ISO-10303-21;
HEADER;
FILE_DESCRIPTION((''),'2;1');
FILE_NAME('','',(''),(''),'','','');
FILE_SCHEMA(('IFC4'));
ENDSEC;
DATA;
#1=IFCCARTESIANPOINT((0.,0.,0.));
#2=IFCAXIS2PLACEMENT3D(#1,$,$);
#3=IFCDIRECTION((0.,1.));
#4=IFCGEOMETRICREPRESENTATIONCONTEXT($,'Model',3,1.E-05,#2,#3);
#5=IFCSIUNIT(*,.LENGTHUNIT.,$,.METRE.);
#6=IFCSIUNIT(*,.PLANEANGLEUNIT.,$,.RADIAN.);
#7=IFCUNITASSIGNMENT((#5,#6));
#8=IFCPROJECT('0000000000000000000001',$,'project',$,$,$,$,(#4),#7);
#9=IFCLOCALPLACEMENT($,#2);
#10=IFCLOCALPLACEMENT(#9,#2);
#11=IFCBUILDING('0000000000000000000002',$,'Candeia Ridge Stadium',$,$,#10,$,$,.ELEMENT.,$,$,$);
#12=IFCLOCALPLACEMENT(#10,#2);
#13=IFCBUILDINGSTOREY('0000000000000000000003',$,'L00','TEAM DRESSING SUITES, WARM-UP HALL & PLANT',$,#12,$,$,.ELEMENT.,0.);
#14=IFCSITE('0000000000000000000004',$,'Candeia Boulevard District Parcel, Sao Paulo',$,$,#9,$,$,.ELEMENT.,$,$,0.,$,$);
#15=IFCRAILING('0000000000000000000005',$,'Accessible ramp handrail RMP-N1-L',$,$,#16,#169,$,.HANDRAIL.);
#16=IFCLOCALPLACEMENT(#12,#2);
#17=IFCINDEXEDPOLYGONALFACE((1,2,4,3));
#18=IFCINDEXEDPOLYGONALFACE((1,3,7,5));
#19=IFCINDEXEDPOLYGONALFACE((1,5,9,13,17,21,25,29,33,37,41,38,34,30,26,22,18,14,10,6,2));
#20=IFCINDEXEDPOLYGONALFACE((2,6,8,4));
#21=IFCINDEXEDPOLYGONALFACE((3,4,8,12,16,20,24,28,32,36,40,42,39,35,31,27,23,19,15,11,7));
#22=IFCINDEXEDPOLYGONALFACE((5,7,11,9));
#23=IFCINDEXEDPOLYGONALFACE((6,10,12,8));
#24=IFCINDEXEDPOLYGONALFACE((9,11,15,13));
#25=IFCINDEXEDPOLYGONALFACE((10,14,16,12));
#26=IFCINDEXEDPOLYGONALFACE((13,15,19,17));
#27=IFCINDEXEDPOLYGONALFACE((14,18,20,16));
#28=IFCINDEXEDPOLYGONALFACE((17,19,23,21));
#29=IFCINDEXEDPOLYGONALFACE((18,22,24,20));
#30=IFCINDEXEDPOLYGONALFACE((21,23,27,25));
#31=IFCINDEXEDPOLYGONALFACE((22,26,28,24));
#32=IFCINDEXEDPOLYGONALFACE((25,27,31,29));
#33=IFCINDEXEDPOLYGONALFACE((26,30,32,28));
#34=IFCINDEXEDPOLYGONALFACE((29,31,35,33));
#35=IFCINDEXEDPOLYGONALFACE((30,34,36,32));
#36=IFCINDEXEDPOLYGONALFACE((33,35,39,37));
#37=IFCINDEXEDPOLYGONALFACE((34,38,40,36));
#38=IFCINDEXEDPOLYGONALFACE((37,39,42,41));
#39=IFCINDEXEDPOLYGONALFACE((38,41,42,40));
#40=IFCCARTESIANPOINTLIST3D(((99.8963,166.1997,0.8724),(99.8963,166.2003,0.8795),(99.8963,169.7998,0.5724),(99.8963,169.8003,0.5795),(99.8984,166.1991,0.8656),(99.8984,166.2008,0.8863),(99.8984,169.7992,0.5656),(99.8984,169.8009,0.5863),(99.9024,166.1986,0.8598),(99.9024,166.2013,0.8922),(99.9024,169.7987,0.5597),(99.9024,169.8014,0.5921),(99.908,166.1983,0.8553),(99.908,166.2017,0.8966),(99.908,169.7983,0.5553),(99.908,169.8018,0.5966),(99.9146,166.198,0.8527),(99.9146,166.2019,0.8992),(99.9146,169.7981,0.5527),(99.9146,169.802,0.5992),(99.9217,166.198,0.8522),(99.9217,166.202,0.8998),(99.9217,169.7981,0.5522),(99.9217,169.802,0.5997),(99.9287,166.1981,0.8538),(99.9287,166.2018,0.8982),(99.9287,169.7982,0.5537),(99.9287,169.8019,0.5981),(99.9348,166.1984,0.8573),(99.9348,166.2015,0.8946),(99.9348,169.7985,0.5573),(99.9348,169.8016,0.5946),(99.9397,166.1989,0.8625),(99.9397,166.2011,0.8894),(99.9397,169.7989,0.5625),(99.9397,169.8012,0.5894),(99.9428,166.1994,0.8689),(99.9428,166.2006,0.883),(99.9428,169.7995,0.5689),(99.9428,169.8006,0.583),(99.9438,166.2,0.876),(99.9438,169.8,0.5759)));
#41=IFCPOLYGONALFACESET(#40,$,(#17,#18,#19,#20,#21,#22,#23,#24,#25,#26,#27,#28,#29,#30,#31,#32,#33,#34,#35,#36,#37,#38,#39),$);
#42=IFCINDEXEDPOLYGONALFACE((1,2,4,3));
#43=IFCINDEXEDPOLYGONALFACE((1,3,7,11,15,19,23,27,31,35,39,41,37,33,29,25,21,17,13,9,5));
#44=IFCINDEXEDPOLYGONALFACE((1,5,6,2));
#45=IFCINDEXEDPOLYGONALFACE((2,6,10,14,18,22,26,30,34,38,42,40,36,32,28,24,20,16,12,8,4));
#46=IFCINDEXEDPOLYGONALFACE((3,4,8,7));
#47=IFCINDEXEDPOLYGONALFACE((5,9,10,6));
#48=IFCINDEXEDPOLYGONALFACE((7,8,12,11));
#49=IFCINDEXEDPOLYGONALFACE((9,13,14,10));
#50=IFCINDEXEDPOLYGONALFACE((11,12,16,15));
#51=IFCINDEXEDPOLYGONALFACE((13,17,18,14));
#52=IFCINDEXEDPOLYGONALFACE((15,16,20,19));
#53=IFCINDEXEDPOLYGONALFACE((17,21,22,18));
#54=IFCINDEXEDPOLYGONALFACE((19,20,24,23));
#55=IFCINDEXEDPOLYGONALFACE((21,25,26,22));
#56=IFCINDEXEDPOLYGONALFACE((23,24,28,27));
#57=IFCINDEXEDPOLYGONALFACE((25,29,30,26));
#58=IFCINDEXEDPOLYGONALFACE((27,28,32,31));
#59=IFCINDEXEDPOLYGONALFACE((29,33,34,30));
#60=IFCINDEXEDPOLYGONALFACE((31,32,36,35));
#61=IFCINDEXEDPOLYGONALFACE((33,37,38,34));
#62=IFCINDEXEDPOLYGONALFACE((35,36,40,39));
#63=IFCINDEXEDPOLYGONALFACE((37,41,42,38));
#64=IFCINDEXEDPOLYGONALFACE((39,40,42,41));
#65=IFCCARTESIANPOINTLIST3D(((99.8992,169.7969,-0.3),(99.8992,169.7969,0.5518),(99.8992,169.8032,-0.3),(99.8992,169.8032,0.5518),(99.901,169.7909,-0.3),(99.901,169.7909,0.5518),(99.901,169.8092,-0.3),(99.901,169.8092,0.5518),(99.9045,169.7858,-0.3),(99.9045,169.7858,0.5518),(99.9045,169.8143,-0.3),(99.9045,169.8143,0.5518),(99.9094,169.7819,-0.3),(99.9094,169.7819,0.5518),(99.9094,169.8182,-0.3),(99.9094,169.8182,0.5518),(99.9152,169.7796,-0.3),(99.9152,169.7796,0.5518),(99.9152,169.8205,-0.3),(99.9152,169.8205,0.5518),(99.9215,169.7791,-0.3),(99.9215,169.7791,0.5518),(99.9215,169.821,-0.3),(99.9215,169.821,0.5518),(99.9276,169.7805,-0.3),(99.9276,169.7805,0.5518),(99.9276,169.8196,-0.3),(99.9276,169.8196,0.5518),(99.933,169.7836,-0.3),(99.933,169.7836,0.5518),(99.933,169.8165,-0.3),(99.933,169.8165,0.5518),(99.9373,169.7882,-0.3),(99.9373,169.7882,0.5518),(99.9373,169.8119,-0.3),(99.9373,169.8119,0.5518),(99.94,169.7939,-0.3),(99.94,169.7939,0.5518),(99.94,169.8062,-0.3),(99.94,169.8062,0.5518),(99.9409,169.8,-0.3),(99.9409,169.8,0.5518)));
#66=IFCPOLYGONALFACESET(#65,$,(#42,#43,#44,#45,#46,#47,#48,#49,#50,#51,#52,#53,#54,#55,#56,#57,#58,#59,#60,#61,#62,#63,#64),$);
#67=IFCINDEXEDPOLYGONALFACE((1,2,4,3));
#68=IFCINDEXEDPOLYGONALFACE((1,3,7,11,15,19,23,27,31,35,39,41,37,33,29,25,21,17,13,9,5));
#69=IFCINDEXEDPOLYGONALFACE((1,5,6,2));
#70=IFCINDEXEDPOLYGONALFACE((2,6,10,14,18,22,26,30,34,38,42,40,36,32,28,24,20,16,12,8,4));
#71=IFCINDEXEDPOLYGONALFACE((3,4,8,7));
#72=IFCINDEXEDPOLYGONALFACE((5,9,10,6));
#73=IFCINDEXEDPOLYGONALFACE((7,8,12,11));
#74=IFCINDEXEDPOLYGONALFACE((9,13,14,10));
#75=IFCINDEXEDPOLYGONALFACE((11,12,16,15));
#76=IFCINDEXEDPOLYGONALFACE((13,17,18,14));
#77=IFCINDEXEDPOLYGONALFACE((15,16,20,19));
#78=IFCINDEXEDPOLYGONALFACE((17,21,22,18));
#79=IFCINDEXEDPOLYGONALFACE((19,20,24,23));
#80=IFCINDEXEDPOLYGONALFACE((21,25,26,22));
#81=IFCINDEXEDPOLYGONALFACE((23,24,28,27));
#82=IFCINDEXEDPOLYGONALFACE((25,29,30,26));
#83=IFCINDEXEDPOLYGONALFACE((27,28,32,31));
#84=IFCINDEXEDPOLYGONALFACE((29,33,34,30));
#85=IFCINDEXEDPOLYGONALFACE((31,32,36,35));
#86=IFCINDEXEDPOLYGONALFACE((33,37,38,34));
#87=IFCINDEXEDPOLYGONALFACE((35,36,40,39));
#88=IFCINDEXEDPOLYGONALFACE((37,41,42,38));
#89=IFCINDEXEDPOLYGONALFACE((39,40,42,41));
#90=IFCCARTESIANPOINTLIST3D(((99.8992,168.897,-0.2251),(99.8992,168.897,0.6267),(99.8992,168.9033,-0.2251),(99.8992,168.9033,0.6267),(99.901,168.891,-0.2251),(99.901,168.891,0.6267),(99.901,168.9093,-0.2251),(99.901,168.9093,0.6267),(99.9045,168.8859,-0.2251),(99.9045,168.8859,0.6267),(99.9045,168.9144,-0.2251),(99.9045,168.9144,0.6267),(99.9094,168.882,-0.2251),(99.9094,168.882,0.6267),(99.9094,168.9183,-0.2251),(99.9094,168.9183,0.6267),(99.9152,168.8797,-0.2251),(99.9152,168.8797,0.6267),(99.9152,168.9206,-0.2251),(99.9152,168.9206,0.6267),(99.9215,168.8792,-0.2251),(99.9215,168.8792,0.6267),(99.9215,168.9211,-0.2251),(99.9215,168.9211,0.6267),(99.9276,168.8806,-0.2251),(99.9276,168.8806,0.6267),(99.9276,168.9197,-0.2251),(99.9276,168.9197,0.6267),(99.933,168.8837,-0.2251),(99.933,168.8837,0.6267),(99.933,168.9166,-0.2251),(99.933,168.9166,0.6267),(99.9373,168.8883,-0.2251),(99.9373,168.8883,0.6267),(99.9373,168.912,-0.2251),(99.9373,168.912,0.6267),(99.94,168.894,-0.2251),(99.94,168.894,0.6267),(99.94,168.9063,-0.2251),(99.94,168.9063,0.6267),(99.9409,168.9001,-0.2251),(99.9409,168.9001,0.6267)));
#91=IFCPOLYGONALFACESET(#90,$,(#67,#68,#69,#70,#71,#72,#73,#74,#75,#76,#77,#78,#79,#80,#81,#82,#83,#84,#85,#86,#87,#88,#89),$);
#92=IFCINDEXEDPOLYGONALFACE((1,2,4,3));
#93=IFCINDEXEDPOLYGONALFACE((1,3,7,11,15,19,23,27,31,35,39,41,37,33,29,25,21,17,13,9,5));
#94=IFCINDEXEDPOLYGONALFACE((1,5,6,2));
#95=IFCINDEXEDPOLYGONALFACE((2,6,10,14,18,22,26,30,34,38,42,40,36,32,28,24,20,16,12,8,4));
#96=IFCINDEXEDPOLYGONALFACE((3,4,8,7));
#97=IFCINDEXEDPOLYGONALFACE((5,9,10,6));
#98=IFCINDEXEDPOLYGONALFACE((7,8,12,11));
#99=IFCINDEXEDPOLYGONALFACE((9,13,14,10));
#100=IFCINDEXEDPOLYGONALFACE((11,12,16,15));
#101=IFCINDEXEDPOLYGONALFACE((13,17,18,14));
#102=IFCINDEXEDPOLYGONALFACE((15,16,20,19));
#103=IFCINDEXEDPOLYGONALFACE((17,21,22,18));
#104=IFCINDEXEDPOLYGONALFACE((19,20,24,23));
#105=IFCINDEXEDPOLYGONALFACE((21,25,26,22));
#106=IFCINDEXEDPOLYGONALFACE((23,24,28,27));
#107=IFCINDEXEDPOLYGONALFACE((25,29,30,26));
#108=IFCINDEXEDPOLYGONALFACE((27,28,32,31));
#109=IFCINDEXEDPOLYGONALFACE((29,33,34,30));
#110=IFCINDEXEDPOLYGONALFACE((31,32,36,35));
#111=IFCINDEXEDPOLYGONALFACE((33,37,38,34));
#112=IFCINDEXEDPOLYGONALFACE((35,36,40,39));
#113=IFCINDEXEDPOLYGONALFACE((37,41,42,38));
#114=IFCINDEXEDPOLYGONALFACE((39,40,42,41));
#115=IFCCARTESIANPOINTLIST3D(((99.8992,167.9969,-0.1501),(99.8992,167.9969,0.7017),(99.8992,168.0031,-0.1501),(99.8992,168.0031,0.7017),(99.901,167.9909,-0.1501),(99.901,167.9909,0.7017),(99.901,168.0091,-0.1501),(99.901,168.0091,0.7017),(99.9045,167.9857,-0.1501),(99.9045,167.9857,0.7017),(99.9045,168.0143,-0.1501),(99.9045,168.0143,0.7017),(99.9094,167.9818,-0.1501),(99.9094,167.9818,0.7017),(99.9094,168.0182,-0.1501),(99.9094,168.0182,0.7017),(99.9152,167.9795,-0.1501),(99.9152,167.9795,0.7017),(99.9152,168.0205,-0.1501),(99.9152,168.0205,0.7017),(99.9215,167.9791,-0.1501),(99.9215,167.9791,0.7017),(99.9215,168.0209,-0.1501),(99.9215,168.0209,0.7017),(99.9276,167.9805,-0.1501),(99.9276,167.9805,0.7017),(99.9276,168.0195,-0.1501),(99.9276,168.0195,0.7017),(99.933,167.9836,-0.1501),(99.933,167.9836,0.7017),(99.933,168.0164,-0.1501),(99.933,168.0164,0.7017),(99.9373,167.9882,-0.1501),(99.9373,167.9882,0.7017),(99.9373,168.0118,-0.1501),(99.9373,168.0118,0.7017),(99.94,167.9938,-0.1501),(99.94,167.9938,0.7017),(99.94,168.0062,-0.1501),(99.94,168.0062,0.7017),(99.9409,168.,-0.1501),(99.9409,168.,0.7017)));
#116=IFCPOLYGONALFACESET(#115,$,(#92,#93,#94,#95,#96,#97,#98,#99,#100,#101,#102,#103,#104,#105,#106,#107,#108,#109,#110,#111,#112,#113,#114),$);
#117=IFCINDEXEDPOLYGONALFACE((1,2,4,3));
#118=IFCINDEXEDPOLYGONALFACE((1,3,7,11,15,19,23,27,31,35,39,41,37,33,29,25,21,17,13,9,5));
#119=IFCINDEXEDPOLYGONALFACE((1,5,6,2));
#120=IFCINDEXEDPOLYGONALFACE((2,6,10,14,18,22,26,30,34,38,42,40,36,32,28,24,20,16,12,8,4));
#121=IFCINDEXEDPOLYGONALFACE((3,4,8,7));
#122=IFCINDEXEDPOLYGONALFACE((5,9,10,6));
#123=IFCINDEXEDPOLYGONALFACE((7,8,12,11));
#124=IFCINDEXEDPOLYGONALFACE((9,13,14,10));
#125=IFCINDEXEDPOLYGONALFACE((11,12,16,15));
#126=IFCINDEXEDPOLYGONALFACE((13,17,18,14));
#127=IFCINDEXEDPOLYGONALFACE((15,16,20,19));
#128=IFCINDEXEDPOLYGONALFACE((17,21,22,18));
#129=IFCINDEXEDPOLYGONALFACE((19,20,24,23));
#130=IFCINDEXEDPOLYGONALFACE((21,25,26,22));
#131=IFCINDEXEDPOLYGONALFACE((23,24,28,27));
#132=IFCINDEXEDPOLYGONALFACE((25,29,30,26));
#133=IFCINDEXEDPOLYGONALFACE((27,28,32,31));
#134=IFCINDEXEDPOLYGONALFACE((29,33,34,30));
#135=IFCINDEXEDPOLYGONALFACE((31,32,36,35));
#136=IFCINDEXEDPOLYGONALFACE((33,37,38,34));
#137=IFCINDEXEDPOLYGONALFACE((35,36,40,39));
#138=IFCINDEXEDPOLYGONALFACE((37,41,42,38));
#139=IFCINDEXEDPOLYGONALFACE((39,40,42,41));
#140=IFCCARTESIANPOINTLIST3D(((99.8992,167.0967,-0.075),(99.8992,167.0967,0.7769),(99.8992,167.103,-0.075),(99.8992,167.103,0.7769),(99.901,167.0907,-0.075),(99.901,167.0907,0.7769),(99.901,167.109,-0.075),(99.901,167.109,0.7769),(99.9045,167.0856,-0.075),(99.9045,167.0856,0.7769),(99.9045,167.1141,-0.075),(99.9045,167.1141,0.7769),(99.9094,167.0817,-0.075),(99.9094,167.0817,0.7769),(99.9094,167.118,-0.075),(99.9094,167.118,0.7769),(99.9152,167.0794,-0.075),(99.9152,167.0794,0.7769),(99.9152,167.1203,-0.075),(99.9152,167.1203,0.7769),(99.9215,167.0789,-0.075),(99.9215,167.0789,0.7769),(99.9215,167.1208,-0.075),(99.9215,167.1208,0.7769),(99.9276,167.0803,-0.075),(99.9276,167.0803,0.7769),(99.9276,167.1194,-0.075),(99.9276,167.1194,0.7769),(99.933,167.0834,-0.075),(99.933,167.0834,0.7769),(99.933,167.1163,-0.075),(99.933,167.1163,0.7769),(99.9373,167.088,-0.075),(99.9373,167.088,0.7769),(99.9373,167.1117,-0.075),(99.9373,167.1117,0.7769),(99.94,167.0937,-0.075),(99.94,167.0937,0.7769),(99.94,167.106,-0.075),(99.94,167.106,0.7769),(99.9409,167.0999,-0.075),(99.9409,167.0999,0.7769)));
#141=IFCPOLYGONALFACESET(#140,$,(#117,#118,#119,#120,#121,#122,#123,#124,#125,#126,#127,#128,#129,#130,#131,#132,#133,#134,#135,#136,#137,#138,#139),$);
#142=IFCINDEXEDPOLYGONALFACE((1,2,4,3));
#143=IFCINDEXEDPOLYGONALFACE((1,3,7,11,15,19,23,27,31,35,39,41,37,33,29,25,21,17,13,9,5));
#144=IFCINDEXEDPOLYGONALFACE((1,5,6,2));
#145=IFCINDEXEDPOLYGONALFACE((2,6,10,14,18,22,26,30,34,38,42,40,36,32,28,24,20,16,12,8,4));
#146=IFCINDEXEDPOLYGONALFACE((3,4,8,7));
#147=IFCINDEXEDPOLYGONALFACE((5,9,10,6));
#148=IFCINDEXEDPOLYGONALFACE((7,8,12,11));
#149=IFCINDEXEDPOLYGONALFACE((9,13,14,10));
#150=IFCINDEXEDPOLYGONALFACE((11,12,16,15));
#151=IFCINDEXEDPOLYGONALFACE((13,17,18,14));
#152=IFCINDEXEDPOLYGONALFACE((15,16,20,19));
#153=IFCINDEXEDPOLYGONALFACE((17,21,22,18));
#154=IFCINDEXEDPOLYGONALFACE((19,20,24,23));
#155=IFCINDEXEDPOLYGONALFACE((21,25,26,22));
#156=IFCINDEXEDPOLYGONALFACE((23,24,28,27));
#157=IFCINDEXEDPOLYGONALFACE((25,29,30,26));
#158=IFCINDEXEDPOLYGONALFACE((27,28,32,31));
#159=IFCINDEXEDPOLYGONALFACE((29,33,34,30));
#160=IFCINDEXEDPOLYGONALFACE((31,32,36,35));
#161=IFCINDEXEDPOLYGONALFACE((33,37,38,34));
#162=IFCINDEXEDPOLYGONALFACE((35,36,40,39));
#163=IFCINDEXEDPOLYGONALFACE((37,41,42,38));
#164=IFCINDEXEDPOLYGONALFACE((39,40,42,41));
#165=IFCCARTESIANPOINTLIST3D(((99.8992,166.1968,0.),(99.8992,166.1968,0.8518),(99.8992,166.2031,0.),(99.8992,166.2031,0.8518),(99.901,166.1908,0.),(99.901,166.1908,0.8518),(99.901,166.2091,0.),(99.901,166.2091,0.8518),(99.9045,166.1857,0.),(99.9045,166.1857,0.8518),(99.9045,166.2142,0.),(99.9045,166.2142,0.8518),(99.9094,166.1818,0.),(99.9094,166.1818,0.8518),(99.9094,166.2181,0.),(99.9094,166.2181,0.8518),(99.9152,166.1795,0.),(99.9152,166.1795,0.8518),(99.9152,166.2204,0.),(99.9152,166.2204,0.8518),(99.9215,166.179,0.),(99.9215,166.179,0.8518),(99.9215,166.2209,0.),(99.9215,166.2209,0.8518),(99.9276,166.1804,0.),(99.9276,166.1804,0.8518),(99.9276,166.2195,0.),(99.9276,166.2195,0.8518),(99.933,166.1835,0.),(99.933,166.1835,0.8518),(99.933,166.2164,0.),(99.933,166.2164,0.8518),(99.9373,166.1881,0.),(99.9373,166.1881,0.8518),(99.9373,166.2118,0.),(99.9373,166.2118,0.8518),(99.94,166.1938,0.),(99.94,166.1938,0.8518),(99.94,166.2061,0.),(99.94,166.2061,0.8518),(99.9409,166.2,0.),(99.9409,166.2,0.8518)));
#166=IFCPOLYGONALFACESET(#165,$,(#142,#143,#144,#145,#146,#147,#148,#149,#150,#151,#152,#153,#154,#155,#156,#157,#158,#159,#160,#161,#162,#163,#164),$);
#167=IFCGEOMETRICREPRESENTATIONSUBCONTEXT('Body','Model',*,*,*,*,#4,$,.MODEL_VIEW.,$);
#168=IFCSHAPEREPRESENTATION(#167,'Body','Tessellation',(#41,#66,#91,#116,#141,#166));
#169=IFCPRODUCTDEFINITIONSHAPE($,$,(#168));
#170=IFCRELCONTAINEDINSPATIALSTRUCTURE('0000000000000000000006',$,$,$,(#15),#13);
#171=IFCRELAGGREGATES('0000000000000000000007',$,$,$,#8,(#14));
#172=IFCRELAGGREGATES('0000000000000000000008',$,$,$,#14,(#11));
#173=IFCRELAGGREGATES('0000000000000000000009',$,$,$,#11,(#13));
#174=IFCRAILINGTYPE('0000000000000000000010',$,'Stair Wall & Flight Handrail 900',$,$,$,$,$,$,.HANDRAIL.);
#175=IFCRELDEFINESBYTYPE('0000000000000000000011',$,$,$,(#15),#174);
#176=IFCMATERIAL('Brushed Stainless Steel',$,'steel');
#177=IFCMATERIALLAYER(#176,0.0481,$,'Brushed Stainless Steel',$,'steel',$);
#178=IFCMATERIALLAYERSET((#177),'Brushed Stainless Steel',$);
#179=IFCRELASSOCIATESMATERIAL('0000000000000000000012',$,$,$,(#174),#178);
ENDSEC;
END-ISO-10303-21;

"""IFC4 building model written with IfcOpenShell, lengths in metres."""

from ifc_helpers import new_model, si_unit, direction, frame, origin, origin_2d, place, context, subcontext, project, spatial, circle, extrude, material, layer, layer_set, type_object, element, save


model = new_model("IFC4")

# Units and contexts
model_context = context("Model", 3, precision=1e-05, world=origin(), true_north=direction((0.0, 1.0)))
body_context = subcontext(model_context, "Body", "Model", "MODEL_VIEW")
ifc_project = project(units=[si_unit("LENGTHUNIT", "METRE"), si_unit("PLANEANGLEUNIT", "RADIAN")], contexts=[model_context])

# Site, building, storey
site_placement = place(None, origin())
site = spatial("IfcSite", under=ifc_project, at=site_placement, Name="Candeia Boulevard District Parcel, Sao Paulo", CompositionType="ELEMENT", RefElevation=0.0)
building_placement = place(site_placement, origin())
building = spatial("IfcBuilding", under=site, at=building_placement, Name="Candeia Ridge Stadium", CompositionType="ELEMENT")
storey_placement = place(building_placement, origin())
storey = spatial("IfcBuildingStorey", under=building, at=storey_placement, Name="L00", Description="TEAM DRESSING SUITES, WARM-UP HALL & PLANT", CompositionType="ELEMENT", Elevation=0.0)

# Railing
ifc_material_1 = material(Name="Brushed Stainless Steel", Category="steel")
ifc_layer_1 = layer(ifc_material_1, 0.0481, Name="Brushed Stainless Steel", Category="steel")
ifc_layer_set_1 = layer_set([ifc_layer_1], Name="Brushed Stainless Steel")
railing_type_1 = type_object("IfcRailingType", Name="Stair Wall & Flight Handrail 900", PredefinedType="HANDRAIL", material=ifc_layer_set_1)
for number, where, name in (
    (1, (99.9199, 169.8, -0.3), "Accessible ramp handrail RMP-N1-L"),
):
    element("IfcRailing", number, at=place(storey_placement, frame(where)), inside=storey, type_object=railing_type_1, Name=name, PredefinedType="HANDRAIL", context=body_context, shape_type="SweptSolid", body=[
        extrude(circle(Radius=0.0239, at=origin_2d()), frame((0.0, 0.0, 0.876), z_axis=(0.0, -0.996545, 0.083057), x_axis=(1.0, 0.0, 0.0)), (0.0, 0.0, 1.0), 3.6125),
        extrude(circle(Radius=0.021, at=origin_2d()), origin(), (0.0, 0.0, 1.0), 0.8518),
        extrude(circle(Radius=0.021, at=origin_2d()), frame((0.0, -0.8999, 0.075)), (0.0, 0.0, 1.0), 0.8518),
        extrude(circle(Radius=0.021, at=origin_2d()), frame((0.0, -1.8, 0.1499)), (0.0, 0.0, 1.0), 0.8518),
        extrude(circle(Radius=0.021, at=origin_2d()), frame((0.0, -2.7002, 0.2251)), (0.0, 0.0, 1.0), 0.8518),
        extrude(circle(Radius=0.021, at=origin_2d()), frame((0.0, -3.6001, 0.3)), (0.0, 0.0, 1.0), 0.8518),
    ])

save(model, "model.ifc")
